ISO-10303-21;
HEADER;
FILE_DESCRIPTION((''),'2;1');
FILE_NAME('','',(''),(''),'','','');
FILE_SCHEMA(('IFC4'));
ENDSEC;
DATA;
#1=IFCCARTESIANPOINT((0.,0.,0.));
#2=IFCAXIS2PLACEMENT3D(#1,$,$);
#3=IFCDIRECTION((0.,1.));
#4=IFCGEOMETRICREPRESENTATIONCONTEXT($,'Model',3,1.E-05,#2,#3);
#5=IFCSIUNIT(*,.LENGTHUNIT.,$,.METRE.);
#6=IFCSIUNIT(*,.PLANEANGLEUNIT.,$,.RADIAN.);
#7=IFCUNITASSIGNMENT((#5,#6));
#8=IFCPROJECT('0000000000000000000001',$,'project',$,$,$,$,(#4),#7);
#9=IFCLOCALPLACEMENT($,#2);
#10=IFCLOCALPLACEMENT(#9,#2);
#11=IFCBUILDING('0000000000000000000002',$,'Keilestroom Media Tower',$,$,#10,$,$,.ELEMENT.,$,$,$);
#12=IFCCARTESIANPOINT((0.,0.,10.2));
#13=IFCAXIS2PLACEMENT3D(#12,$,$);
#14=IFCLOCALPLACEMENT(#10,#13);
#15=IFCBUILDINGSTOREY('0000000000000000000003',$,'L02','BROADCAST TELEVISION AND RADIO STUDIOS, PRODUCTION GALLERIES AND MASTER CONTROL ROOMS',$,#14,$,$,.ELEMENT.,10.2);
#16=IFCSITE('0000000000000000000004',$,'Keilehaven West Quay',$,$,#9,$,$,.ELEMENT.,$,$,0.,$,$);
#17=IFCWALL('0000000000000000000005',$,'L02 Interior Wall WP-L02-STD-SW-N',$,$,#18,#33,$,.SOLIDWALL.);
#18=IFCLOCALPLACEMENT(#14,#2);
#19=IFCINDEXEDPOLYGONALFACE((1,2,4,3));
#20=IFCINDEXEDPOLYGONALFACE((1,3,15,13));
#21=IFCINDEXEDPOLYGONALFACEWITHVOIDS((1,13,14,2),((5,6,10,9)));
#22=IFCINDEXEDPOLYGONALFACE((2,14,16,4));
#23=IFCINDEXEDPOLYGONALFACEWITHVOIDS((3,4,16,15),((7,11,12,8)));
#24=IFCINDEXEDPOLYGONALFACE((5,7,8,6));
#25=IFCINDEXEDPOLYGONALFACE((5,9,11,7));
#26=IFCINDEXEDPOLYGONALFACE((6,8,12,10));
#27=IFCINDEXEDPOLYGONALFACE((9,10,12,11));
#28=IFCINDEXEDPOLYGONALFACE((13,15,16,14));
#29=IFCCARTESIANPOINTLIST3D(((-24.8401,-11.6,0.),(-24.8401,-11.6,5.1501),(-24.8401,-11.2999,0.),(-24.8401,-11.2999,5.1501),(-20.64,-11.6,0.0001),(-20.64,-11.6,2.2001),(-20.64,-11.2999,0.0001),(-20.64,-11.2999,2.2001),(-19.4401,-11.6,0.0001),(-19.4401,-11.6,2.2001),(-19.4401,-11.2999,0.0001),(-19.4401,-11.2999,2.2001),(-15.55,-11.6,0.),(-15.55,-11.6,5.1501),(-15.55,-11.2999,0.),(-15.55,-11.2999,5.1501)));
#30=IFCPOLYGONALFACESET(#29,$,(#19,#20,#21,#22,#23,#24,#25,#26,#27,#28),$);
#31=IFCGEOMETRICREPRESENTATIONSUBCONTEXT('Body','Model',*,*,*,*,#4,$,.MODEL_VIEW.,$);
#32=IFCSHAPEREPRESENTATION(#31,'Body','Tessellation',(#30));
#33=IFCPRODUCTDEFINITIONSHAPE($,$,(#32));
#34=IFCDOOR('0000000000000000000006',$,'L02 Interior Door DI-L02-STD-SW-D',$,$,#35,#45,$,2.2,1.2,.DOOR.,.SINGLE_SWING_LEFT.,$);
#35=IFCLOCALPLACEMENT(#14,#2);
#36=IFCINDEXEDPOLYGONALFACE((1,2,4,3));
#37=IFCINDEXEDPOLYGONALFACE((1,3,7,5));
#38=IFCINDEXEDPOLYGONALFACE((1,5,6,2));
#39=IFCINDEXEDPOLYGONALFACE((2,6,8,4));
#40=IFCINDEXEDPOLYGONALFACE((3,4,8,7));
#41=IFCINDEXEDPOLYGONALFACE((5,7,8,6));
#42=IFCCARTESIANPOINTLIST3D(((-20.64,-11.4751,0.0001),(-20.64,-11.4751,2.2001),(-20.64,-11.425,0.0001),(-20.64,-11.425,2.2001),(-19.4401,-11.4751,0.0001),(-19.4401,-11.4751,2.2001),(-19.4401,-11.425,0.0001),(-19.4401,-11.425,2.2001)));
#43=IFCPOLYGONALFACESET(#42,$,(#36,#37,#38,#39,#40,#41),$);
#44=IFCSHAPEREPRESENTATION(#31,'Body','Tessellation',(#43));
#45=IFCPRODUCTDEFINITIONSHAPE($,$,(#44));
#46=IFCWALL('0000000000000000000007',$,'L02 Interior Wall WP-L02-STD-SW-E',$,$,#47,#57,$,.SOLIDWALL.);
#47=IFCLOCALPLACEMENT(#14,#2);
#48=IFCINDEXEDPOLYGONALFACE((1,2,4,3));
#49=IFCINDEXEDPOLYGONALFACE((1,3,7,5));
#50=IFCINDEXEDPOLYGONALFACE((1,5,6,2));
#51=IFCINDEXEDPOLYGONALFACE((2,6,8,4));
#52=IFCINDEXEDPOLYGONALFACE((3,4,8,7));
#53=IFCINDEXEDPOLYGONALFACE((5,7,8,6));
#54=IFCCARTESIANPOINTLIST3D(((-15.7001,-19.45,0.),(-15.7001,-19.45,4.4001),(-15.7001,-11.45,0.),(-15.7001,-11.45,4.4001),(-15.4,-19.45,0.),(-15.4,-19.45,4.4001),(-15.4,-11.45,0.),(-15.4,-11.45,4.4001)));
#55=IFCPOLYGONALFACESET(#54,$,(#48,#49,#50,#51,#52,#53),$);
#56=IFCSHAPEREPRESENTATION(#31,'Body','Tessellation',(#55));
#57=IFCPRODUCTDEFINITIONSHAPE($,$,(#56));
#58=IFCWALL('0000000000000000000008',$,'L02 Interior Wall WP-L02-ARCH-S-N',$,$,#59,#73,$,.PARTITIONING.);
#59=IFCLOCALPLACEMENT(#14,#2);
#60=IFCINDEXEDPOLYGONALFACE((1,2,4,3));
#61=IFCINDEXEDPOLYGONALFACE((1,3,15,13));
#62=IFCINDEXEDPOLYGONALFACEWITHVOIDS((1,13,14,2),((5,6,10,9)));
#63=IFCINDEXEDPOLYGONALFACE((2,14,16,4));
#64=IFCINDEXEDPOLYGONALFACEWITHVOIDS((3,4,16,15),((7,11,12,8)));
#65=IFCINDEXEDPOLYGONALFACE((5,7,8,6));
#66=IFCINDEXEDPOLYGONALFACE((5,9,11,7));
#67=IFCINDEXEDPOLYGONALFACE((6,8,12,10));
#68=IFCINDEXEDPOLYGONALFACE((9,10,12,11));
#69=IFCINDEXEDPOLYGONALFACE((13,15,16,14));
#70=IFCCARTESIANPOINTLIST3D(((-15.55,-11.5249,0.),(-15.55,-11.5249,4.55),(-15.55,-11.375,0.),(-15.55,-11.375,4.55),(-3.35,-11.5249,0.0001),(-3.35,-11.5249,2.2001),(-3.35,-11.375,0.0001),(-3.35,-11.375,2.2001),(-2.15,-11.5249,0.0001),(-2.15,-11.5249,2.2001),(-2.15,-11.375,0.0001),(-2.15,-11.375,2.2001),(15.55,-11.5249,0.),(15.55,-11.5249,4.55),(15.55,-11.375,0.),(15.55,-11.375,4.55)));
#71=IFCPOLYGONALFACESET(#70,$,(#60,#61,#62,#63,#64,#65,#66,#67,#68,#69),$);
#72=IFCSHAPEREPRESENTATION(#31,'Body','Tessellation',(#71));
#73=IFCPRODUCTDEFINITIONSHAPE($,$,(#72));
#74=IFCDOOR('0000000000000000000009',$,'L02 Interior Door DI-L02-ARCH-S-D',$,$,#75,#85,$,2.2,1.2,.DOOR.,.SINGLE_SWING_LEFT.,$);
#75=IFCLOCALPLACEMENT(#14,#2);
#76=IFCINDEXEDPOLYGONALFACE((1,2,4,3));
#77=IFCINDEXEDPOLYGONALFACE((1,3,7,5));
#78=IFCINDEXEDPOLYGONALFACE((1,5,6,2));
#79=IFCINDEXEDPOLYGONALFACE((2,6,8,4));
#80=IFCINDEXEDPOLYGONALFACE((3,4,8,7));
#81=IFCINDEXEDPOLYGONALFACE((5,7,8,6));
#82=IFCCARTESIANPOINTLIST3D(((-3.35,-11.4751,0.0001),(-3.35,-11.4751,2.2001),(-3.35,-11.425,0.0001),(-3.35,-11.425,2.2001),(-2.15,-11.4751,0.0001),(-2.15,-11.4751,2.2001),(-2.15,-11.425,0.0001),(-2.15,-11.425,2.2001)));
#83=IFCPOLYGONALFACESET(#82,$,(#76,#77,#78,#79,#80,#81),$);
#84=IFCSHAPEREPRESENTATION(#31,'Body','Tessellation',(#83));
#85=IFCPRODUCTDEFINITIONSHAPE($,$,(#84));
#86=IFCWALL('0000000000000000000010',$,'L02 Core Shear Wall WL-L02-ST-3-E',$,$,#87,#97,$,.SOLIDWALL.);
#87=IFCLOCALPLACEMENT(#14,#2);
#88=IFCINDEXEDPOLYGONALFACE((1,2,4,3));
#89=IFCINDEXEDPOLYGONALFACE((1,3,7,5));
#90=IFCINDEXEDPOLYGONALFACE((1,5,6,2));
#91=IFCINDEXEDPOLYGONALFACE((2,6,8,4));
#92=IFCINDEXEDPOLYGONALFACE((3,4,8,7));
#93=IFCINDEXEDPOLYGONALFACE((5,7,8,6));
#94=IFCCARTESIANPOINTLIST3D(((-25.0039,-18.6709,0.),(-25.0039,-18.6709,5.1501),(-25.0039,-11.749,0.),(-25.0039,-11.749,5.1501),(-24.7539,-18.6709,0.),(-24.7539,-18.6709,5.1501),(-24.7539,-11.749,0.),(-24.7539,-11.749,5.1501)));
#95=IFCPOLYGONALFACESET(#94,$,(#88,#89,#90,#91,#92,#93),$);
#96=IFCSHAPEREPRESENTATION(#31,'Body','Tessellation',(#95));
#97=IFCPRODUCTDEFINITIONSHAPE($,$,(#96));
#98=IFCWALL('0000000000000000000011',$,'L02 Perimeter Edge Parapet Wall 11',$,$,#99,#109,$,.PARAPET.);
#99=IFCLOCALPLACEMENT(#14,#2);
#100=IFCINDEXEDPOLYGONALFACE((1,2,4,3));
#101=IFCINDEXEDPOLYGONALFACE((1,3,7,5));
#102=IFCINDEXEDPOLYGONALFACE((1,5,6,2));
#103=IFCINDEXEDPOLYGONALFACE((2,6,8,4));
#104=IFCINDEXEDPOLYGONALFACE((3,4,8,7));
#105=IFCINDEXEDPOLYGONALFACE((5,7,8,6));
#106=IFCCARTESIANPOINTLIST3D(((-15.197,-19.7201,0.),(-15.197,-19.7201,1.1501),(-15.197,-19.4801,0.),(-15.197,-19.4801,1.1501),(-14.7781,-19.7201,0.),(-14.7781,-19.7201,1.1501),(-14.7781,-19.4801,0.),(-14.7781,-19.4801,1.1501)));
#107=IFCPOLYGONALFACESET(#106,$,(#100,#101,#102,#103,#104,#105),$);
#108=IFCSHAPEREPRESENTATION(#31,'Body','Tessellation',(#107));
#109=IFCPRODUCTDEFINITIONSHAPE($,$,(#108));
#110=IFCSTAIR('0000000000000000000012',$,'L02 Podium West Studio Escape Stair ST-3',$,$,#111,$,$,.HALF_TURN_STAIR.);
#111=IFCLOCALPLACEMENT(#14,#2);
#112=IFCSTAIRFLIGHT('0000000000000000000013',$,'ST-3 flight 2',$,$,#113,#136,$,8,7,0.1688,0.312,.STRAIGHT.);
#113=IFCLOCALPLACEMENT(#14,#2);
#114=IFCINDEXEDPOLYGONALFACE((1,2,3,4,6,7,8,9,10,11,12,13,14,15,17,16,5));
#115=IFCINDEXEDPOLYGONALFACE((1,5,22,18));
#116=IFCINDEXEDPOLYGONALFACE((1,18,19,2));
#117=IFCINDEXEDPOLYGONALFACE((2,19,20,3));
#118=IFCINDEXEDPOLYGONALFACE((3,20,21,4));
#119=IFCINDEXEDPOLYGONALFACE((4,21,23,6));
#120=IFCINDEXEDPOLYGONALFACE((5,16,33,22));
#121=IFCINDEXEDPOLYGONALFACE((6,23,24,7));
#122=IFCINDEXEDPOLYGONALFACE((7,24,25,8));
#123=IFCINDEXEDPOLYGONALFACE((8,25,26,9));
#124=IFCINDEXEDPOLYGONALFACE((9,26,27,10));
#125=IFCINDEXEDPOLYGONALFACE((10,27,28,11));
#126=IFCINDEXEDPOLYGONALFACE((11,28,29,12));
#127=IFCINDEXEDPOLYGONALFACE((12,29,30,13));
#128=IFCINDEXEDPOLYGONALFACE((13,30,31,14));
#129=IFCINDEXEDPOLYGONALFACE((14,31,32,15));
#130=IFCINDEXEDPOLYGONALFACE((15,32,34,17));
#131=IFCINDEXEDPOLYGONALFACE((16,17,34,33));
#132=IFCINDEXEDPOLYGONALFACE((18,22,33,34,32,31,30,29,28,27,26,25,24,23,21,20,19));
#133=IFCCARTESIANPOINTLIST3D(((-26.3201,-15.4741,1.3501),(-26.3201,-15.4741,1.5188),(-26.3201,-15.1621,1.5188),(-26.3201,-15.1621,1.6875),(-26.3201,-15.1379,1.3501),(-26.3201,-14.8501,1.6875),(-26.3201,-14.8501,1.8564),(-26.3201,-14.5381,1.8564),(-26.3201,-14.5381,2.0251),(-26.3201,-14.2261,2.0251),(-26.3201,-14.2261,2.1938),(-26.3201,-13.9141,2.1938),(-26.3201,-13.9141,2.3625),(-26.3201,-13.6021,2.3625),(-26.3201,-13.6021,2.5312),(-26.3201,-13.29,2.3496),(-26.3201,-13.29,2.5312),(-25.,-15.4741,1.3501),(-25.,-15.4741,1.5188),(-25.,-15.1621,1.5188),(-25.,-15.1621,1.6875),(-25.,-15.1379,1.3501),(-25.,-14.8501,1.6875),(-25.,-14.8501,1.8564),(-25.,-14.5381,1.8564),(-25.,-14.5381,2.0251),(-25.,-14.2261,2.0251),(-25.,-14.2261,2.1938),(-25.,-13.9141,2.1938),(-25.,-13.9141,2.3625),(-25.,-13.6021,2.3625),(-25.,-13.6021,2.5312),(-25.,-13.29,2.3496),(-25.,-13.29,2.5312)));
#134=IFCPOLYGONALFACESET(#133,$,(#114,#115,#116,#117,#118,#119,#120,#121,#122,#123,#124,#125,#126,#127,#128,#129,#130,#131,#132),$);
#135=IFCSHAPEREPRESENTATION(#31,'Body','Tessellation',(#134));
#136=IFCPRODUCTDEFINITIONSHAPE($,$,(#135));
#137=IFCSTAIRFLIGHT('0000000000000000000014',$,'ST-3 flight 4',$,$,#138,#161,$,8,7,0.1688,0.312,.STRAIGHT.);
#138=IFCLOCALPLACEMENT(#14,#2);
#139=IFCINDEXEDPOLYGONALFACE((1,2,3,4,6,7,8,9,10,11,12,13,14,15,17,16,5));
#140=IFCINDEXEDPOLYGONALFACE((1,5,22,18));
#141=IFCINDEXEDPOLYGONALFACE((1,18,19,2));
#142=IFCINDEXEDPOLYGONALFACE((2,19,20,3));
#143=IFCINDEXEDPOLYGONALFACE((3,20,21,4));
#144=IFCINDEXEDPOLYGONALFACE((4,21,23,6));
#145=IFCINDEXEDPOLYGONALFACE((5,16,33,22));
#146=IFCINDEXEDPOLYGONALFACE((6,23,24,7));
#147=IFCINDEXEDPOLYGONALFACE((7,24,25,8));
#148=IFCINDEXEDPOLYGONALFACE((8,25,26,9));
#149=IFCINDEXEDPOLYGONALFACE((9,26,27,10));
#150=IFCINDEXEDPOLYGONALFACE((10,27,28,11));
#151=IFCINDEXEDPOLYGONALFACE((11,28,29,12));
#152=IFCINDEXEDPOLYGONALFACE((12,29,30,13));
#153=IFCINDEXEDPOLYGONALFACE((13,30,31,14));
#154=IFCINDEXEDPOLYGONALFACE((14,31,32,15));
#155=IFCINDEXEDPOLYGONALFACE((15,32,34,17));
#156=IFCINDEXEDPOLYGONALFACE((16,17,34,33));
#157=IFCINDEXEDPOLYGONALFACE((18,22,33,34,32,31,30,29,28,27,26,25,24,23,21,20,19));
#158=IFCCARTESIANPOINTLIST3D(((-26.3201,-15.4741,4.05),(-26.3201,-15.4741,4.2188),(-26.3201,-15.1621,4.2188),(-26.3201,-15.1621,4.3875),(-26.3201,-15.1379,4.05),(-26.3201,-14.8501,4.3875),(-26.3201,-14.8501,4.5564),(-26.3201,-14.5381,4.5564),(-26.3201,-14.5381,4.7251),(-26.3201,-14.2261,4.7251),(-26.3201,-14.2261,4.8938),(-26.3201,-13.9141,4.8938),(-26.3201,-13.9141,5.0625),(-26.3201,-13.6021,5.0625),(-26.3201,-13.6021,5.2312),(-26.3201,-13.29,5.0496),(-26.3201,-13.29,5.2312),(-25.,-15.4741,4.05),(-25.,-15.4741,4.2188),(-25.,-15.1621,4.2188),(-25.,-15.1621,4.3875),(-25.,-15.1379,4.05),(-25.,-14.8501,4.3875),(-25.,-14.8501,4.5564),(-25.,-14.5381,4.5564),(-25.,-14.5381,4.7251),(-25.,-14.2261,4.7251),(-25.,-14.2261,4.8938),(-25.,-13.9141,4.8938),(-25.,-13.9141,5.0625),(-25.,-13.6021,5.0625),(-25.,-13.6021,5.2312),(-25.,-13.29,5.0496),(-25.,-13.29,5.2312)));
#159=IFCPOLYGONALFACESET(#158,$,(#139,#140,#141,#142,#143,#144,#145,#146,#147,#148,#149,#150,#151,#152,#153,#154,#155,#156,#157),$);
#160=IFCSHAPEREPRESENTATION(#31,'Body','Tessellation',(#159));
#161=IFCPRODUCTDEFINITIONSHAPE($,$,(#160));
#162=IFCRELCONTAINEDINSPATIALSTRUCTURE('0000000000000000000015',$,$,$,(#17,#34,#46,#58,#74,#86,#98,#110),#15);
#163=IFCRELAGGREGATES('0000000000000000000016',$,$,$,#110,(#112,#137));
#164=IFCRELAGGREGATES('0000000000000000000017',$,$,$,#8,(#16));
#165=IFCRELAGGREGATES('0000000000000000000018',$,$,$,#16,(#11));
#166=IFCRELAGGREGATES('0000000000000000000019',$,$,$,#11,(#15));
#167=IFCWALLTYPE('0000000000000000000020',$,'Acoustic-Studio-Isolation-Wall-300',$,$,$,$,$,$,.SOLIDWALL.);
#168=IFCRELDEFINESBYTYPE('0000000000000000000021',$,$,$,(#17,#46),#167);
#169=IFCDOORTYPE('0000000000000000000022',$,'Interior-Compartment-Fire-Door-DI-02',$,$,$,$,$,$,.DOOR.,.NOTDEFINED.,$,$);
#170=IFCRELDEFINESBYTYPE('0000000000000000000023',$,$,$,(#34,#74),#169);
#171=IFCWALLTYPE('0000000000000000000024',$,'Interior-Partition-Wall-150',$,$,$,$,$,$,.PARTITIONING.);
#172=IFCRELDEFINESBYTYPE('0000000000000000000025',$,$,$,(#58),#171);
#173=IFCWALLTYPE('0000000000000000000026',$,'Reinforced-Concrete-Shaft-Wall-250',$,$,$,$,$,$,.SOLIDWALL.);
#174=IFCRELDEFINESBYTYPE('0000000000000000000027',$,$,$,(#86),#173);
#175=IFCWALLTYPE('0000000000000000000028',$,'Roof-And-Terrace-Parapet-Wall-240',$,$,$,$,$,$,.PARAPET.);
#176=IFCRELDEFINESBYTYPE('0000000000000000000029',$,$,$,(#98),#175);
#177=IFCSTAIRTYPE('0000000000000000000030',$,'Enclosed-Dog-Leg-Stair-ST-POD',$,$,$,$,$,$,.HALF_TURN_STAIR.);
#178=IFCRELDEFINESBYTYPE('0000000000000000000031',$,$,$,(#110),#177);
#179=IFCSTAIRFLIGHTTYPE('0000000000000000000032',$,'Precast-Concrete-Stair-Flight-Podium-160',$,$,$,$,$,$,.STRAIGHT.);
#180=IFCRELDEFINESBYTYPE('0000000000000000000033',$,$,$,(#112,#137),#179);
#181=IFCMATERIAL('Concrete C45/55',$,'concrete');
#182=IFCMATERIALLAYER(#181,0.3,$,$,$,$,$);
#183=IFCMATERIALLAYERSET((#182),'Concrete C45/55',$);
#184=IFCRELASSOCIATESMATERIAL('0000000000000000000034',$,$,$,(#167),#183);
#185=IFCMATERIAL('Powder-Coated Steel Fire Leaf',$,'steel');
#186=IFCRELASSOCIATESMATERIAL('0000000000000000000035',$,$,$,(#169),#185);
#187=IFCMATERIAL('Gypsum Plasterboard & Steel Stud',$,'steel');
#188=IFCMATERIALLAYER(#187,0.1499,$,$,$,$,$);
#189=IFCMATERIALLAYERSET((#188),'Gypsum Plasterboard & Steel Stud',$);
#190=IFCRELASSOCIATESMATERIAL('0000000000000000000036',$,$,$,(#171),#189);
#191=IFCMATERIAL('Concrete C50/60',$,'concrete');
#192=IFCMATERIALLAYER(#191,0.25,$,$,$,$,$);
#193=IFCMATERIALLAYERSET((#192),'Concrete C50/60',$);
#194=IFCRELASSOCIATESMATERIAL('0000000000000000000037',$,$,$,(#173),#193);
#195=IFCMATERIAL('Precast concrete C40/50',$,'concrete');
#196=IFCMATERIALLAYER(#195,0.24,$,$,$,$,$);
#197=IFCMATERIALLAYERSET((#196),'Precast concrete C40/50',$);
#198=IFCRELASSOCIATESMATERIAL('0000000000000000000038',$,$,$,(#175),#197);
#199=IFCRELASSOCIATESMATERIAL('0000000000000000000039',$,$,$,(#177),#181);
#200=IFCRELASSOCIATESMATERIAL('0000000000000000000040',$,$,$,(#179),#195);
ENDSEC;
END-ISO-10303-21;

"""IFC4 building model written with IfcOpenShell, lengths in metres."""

from ifc_helpers import new_model, si_unit, direction, frame, frame_2d, origin, place, context, subcontext, project, spatial, polyline, rectangle, outline, extrude, source, transform, mapped, material, layer, layer_set, type_object, element, fill, aggregate, save


model = new_model("IFC4")

# Units and contexts
model_context = context("Model", 3, precision=1e-05, world=origin(), true_north=direction((0.0, 1.0)))
body_context = subcontext(model_context, "Body", "Model", "MODEL_VIEW")
ifc_project = project(units=[si_unit("LENGTHUNIT", "METRE"), si_unit("PLANEANGLEUNIT", "RADIAN")], contexts=[model_context])

# Site, building, storey
site_placement = place(None, origin())
site = spatial("IfcSite", under=ifc_project, at=site_placement, Name="Keilehaven West Quay", CompositionType="ELEMENT", RefElevation=0.0)
building_placement = place(site_placement, origin())
building = spatial("IfcBuilding", under=site, at=building_placement, Name="Keilestroom Media Tower", CompositionType="ELEMENT")
storey_placement = place(building_placement, frame((0.0, 0.0, 10.2)))
storey = spatial("IfcBuildingStorey", under=building, at=storey_placement, Name="L02", Description="BROADCAST TELEVISION AND RADIO STUDIOS, PRODUCTION GALLERIES AND MASTER CONTROL ROOMS", CompositionType="ELEMENT", Elevation=10.2)

# Shared definitions
ifc_material_1 = material(Name="Precast concrete C40/50", Category="concrete")

# Wall, opening, door
ifc_material_2 = material(Name="Concrete C45/55", Category="concrete")
ifc_layer_1 = layer(ifc_material_2, 0.3)
ifc_layer_set_1 = layer_set([ifc_layer_1], Name="Concrete C45/55")
wall_type_1 = type_object("IfcWallType", Name="Acoustic-Studio-Isolation-Wall-300", PredefinedType="SOLIDWALL", material=ifc_layer_set_1)
wall_1_placement = place(storey_placement, frame((-24.8401, -11.45, 0.0), z_axis=(0.0, 0.0, 1.0), x_axis=(1.0, 0.0, 0.0)))
wall_1 = element("IfcWall", 1, at=wall_1_placement, inside=storey, type_object=wall_type_1, Name="L02 Interior Wall WP-L02-STD-SW-N", PredefinedType="SOLIDWALL", context=body_context, shape_type="SweptSolid", body=[
    extrude(rectangle(XDim=9.29, YDim=0.3, at=frame_2d((4.645, 0.0))), origin(), (0.0, 0.0, 1.0), 5.1501),
])
opening_1_placement = place(wall_1_placement, frame((4.2, 0.0, 0.0)))
opening_1 = element("IfcOpeningElement", 2, at=opening_1_placement, cuts=wall_1, PredefinedType="OPENING", context=body_context, shape_type="SweptSolid", body=[
    extrude(rectangle(XDim=1.2, YDim=2.2, at=frame_2d((0.6001, 1.1001))), frame((0.0, 0.1602, 0.0), z_axis=(0.0, -1.0, 0.0), x_axis=(1.0, 0.0, 0.0)), (0.0, 0.0, 1.0), 0.3201),
])
ifc_material_3 = material(Name="Powder-Coated Steel Fire Leaf", Category="steel")
door_type = type_object("IfcDoorType", Name="Interior-Compartment-Fire-Door-DI-02", OperationType="NOTDEFINED", PredefinedType="DOOR", material=ifc_material_3)
shared_shape_1 = source(origin(), body_context, "Body", "SweptSolid", [
    extrude(rectangle(XDim=1.2, YDim=2.2, at=frame_2d((0.6001, 1.1001))), frame((0.0, 0.0249, 0.0), z_axis=(0.0, -1.0, 0.0), x_axis=(1.0, 0.0, 0.0)), (0.0, 0.0, 1.0), 0.05),
])
door_1_placement = place(opening_1_placement, origin())
door_1 = element("IfcDoor", 3, at=door_1_placement, inside=storey, type_object=door_type, Name="L02 Interior Door DI-L02-STD-SW-D", OperationType="SINGLE_SWING_LEFT", OverallHeight=2.2, OverallWidth=1.2, PredefinedType="DOOR", context=body_context, shape_type="MappedRepresentation", body=[
    mapped(shared_shape_1, transform((0.0, 0.0, 0.0), x_axis=(1.0, 0.0, 0.0), y_axis=(0.0, 1.0, 0.0), z_axis=(0.0, 0.0, 1.0), scale=1.0)),
])
fill(opening_1, door_1)

# Wall
wall_2_placement = place(storey_placement, frame((-15.55, -19.45, 0.0), z_axis=(0.0, 0.0, 1.0), x_axis=(0.0, 1.0, 0.0)))
element("IfcWall", 4, at=wall_2_placement, inside=storey, type_object=wall_type_1, Name="L02 Interior Wall WP-L02-STD-SW-E", PredefinedType="SOLIDWALL", context=body_context, shape_type="SweptSolid", body=[
    extrude(rectangle(XDim=8.0, YDim=0.3, at=frame_2d((4.0, 0.0))), origin(), (0.0, 0.0, 1.0), 4.4001),
])

# Wall, opening, door
ifc_material_4 = material(Name="Gypsum Plasterboard & Steel Stud", Category="steel")
ifc_layer_2 = layer(ifc_material_4, 0.1499)
ifc_layer_set_2 = layer_set([ifc_layer_2], Name="Gypsum Plasterboard & Steel Stud")
wall_type_2 = type_object("IfcWallType", Name="Interior-Partition-Wall-150", PredefinedType="PARTITIONING", material=ifc_layer_set_2)
wall_3_placement = place(storey_placement, frame((-15.55, -11.45, 0.0), z_axis=(0.0, 0.0, 1.0), x_axis=(1.0, 0.0, 0.0)))
wall_3 = element("IfcWall", 5, at=wall_3_placement, inside=storey, type_object=wall_type_2, Name="L02 Interior Wall WP-L02-ARCH-S-N", PredefinedType="PARTITIONING", context=body_context, shape_type="SweptSolid", body=[
    extrude(rectangle(XDim=31.1001, YDim=0.1499, at=frame_2d((15.55, 0.0))), origin(), (0.0, 0.0, 1.0), 4.55),
])
opening_2_placement = place(wall_3_placement, frame((12.2, 0.0, 0.0)))
opening_2 = element("IfcOpeningElement", 6, at=opening_2_placement, cuts=wall_3, PredefinedType="OPENING", context=body_context, shape_type="SweptSolid", body=[
    extrude(rectangle(XDim=1.2, YDim=2.2, at=frame_2d((0.6001, 1.1001))), frame((0.0, 0.085, 0.0), z_axis=(0.0, -1.0, 0.0), x_axis=(1.0, 0.0, 0.0)), (0.0, 0.0, 1.0), 0.1699),
])
door_2_placement = place(opening_2_placement, origin())
door_2 = element("IfcDoor", 7, at=door_2_placement, inside=storey, type_object=door_type, Name="L02 Interior Door DI-L02-ARCH-S-D", OperationType="SINGLE_SWING_LEFT", OverallHeight=2.2, OverallWidth=1.2, PredefinedType="DOOR", context=body_context, shape_type="MappedRepresentation", body=[
    mapped(shared_shape_1, transform((0.0, 0.0, 0.0), x_axis=(1.0, 0.0, 0.0), y_axis=(0.0, 1.0, 0.0), z_axis=(0.0, 0.0, 1.0), scale=1.0)),
])
fill(opening_2, door_2)

# Walls
ifc_material_5 = material(Name="Concrete C50/60", Category="concrete")
ifc_layer_3 = layer(ifc_material_5, 0.25)
ifc_layer_set_3 = layer_set([ifc_layer_3], Name="Concrete C50/60")
wall_type_3 = type_object("IfcWallType", Name="Reinforced-Concrete-Shaft-Wall-250", PredefinedType="SOLIDWALL", material=ifc_layer_set_3)
wall_4_placement = place(storey_placement, frame((-24.8789, -18.6709, 0.0), z_axis=(0.0, 0.0, 1.0), x_axis=(0.0, 1.0, 0.0)))
element("IfcWall", 8, at=wall_4_placement, inside=storey, type_object=wall_type_3, Name="L02 Core Shear Wall WL-L02-ST-3-E", PredefinedType="SOLIDWALL", context=body_context, shape_type="SweptSolid", body=[
    extrude(rectangle(XDim=6.9219, YDim=0.25, at=frame_2d((3.4609, 0.0))), origin(), (0.0, 0.0, 1.0), 5.1501),
])
ifc_layer_4 = layer(ifc_material_1, 0.24)
ifc_layer_set_4 = layer_set([ifc_layer_4], Name="Precast concrete C40/50")
wall_type_4 = type_object("IfcWallType", Name="Roof-And-Terrace-Parapet-Wall-240", PredefinedType="PARAPET", material=ifc_layer_set_4)
wall_5_placement = place(storey_placement, frame((-14.7781, -19.6001, 0.0), z_axis=(0.0, 0.0, 1.0), x_axis=(-1.0, 0.0, 0.0)))
element("IfcWall", 9, at=wall_5_placement, inside=storey, type_object=wall_type_4, Name="L02 Perimeter Edge Parapet Wall 11", PredefinedType="PARAPET", context=body_context, shape_type="SweptSolid", body=[
    extrude(rectangle(XDim=0.4189, YDim=0.24, at=frame_2d((0.2095, 0.0))), origin(), (0.0, 0.0, 1.0), 1.1501),
])

# Stair, stair flights
stair_type = type_object("IfcStairType", Name="Enclosed-Dog-Leg-Stair-ST-POD", PredefinedType="HALF_TURN_STAIR", material=ifc_material_2)
stair_placement = place(storey_placement, origin())
stair = element("IfcStair", 10, at=stair_placement, inside=storey, type_object=stair_type, Name="L02 Podium West Studio Escape Stair ST-3", PredefinedType="HALF_TURN_STAIR")
stair_flight_type = type_object("IfcStairFlightType", Name="Precast-Concrete-Stair-Flight-Podium-160", PredefinedType="STRAIGHT", material=ifc_material_1)
stair_flight_1_placement = place(storey_placement, frame((-25.6599, -15.4741, 1.3501), z_axis=(0.0, 0.0, 1.0), x_axis=(0.0, 1.0, 0.0)))
stair_flight_1 = element("IfcStairFlight", 11, at=stair_flight_1_placement, type_object=stair_flight_type, Name="ST-3 flight 2", NumberOfRisers=8, NumberOfTreads=7, PredefinedType="STRAIGHT", RiserHeight=0.1688, TreadLength=0.312, context=body_context, shape_type="SweptSolid", body=[
    extrude(outline(polyline([(0.0, 0.0), (0.0, 0.1687), (0.312, 0.1687), (0.312, 0.3374), (0.624, 0.3374), (0.624, 0.5063), (0.936, 0.5063), (0.936, 0.675), (1.248, 0.675), (1.248, 0.8438), (1.5601, 0.8438), (1.5601, 1.0125), (1.8721, 1.0125), (1.8721, 1.1812), (2.1841, 1.1812), (2.1841, 1.3501), (2.1841, 0.9995), (0.3362, 0.0), (0.0, 0.0)])), frame((0.0, 0.6602, 0.0), z_axis=(0.0, -1.0, 0.0), x_axis=(1.0, 0.0, 0.0)), (0.0, 0.0, 1.0), 1.3201),
])
stair_flight_2_placement = place(storey_placement, frame((-25.6599, -15.4741, 4.05), z_axis=(0.0, 0.0, 1.0), x_axis=(0.0, 1.0, 0.0)))
stair_flight_2 = element("IfcStairFlight", 12, at=stair_flight_2_placement, type_object=stair_flight_type, Name="ST-3 flight 4", NumberOfRisers=8, NumberOfTreads=7, PredefinedType="STRAIGHT", RiserHeight=0.1688, TreadLength=0.312, context=body_context, shape_type="SweptSolid", body=[
    extrude(outline(polyline([(0.0, 0.0), (0.0, 0.1687), (0.312, 0.1687), (0.312, 0.3374), (0.624, 0.3374), (0.624, 0.5063), (0.936, 0.5063), (0.936, 0.675), (1.248, 0.675), (1.248, 0.8438), (1.5601, 0.8438), (1.5601, 1.0125), (1.8721, 1.0125), (1.8721, 1.1812), (2.1841, 1.1812), (2.1841, 1.3501), (2.1841, 0.9995), (0.3362, 0.0), (0.0, 0.0)])), frame((0.0, 0.6602, 0.0), z_axis=(0.0, -1.0, 0.0), x_axis=(1.0, 0.0, 0.0)), (0.0, 0.0, 1.0), 1.3201),
])
aggregate(stair, [stair_flight_1, stair_flight_2])

save(model, "model.ifc")
